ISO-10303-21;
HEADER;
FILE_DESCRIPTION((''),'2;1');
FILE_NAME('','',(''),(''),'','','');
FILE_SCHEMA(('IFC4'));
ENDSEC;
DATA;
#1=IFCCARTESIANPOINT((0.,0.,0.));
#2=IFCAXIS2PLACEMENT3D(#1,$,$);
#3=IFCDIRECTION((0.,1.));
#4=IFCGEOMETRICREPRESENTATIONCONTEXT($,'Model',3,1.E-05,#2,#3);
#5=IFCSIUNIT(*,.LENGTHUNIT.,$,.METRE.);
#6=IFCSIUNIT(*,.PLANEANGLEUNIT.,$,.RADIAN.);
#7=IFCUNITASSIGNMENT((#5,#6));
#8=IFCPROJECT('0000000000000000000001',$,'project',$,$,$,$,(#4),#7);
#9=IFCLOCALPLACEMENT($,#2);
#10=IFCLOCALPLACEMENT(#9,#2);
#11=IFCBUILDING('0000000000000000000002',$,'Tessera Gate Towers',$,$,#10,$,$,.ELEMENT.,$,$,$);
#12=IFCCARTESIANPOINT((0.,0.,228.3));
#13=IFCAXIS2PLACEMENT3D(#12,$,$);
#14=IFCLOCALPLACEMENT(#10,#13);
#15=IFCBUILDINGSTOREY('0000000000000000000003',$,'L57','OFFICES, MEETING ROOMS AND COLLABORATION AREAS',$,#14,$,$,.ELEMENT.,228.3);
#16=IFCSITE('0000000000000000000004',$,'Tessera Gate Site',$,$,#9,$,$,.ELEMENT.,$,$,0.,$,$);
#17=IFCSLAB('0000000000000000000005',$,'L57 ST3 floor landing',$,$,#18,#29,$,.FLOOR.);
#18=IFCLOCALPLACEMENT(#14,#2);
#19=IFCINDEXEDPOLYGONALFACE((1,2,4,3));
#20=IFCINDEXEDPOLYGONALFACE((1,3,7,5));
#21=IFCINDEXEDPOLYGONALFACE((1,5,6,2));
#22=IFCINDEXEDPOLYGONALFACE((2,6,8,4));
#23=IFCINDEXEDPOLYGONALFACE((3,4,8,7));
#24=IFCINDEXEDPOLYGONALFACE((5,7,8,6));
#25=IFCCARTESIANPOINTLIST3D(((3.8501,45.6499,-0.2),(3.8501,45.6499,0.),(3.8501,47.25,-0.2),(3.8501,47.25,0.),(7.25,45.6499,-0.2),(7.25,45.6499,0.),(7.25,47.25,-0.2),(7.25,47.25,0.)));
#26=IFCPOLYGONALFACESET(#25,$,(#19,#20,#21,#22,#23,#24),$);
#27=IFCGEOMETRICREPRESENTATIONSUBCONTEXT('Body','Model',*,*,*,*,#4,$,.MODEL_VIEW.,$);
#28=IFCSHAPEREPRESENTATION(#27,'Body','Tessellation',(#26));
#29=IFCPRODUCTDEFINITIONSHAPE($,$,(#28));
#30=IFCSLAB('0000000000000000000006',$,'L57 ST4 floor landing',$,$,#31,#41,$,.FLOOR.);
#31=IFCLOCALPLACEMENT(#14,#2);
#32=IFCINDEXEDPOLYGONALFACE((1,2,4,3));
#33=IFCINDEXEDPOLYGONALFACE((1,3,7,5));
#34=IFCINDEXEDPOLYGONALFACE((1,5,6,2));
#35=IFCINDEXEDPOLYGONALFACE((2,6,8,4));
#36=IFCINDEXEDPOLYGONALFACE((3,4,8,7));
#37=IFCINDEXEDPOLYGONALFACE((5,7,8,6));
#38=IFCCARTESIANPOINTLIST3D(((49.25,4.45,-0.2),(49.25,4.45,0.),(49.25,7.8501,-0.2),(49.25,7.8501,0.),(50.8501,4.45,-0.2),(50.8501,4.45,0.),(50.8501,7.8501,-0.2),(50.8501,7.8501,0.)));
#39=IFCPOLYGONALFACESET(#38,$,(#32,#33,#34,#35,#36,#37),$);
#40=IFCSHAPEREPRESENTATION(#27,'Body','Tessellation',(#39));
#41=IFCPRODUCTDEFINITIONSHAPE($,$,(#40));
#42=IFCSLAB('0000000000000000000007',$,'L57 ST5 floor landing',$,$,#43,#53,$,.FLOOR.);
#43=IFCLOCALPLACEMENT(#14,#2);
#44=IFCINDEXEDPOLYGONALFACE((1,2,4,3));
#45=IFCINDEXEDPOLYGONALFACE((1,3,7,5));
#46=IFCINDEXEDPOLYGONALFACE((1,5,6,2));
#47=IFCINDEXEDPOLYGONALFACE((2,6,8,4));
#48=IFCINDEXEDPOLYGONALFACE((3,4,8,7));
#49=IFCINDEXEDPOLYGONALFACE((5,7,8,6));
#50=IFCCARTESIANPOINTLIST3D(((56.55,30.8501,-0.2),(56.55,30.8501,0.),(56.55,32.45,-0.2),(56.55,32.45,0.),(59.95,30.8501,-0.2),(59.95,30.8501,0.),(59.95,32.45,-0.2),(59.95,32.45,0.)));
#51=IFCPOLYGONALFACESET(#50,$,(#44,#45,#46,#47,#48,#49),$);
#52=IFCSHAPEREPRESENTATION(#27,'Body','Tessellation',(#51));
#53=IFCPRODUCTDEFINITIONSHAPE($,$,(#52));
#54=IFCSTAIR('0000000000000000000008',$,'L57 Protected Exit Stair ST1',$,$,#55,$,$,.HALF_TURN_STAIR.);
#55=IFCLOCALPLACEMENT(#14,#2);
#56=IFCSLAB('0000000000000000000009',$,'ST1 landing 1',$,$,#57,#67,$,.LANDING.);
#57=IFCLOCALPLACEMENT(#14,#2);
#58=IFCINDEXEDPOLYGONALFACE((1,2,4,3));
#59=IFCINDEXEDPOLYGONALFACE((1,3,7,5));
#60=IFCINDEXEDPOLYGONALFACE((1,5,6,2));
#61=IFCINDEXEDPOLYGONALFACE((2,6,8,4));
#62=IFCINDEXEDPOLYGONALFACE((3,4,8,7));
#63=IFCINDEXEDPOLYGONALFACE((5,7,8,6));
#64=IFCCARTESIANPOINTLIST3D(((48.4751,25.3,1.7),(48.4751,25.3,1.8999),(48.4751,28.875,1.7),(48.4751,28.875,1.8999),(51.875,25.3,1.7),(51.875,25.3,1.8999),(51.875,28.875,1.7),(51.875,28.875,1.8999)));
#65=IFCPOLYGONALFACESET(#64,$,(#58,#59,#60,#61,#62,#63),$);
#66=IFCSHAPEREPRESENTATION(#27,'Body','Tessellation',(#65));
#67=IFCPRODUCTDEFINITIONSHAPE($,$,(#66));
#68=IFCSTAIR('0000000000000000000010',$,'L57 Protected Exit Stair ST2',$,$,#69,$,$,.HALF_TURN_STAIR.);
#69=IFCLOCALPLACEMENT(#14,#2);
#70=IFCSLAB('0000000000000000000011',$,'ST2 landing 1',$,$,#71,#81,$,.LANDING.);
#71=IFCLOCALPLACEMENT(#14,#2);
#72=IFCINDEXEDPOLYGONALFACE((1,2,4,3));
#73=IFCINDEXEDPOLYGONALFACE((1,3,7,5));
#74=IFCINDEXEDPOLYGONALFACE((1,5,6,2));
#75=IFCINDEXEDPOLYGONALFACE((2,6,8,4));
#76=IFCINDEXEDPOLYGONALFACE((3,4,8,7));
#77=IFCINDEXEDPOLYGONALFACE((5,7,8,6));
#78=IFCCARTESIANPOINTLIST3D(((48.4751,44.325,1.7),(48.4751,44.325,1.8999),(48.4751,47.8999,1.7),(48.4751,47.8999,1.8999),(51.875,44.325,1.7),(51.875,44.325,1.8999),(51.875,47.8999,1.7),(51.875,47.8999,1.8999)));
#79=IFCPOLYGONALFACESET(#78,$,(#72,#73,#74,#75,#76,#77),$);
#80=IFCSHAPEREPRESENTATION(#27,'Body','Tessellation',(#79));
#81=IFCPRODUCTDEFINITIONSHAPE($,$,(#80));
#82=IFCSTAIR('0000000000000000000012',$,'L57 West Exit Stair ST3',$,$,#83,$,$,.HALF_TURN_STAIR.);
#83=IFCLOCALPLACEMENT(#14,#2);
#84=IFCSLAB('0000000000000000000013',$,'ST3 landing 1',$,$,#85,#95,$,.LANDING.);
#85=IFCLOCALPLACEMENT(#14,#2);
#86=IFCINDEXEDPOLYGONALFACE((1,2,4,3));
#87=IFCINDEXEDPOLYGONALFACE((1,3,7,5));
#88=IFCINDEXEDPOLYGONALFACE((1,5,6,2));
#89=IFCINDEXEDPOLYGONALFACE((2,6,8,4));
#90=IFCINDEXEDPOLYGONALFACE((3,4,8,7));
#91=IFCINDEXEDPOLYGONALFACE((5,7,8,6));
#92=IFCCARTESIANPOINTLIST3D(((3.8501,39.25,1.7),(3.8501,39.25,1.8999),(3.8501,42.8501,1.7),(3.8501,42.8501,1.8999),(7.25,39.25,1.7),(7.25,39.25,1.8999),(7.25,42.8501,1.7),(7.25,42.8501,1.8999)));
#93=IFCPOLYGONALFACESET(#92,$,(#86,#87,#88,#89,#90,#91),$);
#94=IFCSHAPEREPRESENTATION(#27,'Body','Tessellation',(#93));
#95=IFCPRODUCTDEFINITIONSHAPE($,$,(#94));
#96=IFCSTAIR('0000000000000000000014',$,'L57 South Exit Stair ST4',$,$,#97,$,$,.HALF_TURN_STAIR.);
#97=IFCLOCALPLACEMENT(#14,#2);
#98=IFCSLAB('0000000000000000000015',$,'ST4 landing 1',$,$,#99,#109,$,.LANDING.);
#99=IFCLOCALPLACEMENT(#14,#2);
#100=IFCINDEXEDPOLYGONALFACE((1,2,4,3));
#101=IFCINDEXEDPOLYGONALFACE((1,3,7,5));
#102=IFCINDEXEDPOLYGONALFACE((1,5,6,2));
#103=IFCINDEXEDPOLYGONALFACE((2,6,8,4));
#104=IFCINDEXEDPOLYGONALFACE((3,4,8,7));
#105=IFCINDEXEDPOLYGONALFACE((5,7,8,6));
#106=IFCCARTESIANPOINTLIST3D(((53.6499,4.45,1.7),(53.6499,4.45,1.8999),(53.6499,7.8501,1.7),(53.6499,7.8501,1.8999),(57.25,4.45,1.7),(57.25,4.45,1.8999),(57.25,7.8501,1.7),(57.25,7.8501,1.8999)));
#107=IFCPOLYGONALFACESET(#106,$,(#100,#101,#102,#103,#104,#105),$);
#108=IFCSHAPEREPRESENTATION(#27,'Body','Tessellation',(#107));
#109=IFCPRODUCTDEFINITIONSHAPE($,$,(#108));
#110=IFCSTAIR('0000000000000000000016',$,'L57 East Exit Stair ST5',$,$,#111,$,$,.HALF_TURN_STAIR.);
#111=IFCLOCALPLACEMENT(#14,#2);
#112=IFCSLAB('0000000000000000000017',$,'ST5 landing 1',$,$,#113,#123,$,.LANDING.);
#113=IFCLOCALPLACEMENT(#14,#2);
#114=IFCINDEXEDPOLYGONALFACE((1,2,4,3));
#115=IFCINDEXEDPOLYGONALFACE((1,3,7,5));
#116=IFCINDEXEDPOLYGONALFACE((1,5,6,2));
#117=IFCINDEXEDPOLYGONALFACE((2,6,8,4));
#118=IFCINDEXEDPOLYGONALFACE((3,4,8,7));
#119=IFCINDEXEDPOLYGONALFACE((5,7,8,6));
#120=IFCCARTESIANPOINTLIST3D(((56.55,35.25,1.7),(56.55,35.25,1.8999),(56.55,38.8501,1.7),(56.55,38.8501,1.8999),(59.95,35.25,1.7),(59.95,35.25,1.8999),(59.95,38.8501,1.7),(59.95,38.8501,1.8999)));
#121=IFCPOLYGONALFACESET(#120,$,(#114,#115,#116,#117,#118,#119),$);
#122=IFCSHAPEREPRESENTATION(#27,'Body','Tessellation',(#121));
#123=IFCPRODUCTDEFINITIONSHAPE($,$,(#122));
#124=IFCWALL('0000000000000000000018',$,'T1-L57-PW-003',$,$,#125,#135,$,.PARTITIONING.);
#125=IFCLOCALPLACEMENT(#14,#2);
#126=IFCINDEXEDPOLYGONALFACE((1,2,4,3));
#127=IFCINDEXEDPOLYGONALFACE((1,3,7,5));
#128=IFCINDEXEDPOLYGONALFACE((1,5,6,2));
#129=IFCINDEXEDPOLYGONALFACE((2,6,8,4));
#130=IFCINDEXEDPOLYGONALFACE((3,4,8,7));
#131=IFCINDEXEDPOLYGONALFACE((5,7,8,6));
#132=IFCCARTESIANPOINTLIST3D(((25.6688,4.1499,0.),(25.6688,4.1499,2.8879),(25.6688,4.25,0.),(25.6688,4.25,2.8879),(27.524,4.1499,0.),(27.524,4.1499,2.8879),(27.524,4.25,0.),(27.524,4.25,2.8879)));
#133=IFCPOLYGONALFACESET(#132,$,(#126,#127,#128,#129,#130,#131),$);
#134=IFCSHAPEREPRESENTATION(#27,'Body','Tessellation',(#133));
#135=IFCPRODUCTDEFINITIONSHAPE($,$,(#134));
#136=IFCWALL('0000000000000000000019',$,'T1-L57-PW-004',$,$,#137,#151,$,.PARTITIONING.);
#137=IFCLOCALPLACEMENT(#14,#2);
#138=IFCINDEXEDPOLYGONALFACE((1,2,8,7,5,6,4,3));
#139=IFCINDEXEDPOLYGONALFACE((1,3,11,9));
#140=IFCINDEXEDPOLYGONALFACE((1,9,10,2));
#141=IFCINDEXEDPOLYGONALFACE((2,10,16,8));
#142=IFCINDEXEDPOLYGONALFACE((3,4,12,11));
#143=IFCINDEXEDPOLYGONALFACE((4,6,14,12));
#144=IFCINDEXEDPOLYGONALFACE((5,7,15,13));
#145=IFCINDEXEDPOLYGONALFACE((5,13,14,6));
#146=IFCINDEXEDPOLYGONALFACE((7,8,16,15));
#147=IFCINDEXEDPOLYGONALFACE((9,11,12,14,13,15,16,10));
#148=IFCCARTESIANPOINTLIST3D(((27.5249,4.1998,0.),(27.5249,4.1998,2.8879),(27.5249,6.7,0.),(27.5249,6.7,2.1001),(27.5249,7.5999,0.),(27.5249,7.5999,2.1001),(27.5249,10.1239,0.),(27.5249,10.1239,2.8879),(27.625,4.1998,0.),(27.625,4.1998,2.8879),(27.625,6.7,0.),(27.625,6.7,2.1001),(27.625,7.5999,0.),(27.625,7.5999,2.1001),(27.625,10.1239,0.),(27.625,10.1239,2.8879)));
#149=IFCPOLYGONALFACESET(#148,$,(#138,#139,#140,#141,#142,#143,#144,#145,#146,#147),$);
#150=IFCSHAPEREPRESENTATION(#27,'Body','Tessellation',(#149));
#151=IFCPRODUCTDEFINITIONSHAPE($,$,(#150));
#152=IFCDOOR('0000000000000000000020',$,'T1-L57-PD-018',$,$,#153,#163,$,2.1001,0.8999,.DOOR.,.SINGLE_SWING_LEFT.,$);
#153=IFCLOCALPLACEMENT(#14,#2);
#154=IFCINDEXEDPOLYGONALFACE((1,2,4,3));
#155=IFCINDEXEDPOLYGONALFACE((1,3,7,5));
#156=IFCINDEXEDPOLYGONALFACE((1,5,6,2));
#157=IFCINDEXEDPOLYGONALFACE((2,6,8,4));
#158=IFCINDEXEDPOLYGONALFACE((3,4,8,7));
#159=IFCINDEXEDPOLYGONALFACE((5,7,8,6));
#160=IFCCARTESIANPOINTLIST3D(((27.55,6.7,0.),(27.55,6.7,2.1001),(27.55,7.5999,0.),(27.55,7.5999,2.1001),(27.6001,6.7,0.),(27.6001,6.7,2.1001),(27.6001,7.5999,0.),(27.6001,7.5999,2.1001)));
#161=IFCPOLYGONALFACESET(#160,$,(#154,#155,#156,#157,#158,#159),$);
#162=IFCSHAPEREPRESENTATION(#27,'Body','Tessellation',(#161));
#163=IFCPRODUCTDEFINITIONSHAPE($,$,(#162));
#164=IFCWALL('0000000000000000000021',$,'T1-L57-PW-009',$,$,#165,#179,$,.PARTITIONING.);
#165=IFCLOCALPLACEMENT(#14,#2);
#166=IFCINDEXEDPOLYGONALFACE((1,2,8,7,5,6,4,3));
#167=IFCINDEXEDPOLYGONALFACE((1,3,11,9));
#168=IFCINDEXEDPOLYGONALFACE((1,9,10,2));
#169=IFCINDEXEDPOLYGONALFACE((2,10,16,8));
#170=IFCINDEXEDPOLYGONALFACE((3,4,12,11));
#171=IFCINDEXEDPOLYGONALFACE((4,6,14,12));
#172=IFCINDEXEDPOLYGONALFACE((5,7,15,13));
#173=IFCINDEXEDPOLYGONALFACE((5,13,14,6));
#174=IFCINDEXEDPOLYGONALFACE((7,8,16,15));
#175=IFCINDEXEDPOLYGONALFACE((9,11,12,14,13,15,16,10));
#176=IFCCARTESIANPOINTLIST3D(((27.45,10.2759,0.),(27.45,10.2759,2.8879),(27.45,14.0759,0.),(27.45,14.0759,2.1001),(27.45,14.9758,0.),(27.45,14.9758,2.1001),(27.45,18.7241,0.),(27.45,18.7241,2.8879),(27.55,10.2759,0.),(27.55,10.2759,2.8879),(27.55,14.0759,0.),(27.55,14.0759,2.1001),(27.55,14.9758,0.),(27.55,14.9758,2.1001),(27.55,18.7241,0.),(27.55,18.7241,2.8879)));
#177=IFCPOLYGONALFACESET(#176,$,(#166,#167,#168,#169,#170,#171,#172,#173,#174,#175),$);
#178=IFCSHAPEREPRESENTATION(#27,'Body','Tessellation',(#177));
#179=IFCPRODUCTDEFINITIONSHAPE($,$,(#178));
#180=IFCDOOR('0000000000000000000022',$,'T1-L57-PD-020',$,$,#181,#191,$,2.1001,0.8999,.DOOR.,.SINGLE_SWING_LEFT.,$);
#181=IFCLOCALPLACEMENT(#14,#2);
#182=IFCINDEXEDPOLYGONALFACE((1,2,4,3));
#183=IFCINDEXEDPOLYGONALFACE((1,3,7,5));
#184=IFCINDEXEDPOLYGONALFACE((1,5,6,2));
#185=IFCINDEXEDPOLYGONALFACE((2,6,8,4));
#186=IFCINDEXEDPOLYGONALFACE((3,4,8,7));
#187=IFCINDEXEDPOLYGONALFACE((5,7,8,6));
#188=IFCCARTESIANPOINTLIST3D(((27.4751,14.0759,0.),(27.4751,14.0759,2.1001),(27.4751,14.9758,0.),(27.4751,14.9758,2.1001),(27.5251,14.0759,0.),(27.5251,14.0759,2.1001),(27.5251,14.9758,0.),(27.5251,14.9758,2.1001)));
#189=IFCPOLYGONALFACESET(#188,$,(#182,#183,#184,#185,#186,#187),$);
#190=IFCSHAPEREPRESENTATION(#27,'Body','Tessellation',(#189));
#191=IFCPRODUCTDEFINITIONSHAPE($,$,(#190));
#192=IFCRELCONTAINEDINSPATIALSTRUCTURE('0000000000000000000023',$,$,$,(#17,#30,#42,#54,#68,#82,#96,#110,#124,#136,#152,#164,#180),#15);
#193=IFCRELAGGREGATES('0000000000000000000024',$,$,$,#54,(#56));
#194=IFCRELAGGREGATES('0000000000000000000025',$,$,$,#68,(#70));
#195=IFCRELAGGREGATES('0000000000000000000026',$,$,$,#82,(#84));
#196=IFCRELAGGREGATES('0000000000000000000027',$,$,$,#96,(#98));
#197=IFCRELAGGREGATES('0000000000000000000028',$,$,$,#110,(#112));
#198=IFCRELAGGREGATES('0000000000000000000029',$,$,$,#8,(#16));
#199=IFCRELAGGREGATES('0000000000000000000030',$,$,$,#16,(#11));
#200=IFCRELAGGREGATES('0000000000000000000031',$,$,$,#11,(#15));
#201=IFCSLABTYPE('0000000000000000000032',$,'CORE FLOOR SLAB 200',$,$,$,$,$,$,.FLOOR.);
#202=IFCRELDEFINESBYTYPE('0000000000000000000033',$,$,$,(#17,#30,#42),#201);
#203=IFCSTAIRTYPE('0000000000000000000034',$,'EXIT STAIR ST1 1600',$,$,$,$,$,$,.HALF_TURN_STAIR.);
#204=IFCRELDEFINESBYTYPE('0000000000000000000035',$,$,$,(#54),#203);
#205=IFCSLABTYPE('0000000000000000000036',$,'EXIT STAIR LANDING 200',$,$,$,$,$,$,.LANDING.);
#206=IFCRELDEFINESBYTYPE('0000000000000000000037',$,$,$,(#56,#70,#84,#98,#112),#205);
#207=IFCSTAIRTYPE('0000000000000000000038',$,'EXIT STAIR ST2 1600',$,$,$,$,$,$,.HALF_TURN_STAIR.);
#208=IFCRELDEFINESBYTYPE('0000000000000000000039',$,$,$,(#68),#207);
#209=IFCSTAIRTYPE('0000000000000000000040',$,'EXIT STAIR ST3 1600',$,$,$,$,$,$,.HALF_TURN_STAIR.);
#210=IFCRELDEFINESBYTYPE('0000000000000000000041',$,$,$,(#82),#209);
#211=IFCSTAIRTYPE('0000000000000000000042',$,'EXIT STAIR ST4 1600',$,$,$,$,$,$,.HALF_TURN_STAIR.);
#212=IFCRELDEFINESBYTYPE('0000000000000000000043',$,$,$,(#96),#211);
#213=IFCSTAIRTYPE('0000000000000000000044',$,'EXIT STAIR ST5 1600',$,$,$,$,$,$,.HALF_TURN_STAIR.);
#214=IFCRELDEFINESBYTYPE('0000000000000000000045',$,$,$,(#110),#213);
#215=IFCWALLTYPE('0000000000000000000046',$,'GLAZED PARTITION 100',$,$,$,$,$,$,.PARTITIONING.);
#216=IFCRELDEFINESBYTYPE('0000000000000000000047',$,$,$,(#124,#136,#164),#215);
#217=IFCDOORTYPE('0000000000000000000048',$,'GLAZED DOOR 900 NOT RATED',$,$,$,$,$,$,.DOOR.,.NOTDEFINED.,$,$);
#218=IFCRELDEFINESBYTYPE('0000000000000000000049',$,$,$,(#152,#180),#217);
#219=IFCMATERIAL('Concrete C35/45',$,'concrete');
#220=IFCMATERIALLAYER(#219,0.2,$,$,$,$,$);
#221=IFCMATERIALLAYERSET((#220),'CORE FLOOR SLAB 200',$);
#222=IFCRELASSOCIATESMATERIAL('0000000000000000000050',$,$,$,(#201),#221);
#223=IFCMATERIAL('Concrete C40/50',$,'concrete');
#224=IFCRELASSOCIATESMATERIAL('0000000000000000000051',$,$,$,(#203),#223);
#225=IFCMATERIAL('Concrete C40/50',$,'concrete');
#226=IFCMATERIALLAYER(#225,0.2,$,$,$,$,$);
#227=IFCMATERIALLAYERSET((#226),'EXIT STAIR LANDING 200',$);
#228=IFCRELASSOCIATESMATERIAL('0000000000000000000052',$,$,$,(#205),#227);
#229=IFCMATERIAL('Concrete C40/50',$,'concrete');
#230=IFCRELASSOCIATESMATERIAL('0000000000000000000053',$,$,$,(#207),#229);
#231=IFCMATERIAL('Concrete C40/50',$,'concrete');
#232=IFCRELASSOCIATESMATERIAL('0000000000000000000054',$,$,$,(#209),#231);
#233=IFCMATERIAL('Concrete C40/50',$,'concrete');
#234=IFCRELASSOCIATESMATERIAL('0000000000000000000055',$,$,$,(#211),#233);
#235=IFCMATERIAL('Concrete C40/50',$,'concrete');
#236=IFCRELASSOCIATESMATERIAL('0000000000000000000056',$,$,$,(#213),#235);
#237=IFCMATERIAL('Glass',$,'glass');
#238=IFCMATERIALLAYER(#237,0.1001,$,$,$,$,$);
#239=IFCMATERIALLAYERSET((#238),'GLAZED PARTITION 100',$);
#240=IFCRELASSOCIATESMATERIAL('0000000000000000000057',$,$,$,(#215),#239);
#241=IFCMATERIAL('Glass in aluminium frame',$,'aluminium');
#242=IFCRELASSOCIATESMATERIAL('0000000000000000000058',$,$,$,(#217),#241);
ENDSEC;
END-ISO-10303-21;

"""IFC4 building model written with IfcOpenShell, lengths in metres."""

from ifc_helpers import new_model, si_unit, direction, frame, frame_2d, origin, place, context, subcontext, project, spatial, polyline, rectangle, outline, extrude, source, transform, mapped, material, layer, layer_set, type_object, element, fill, aggregate, save


model = new_model("IFC4")

# Units and contexts
model_context = context("Model", 3, precision=1e-05, world=origin(), true_north=direction((0.0, 1.0)))
body_context = subcontext(model_context, "Body", "Model", "MODEL_VIEW")
ifc_project = project(units=[si_unit("LENGTHUNIT", "METRE"), si_unit("PLANEANGLEUNIT", "RADIAN")], contexts=[model_context])

# Site, building, storey
site_placement = place(None, origin())
site = spatial("IfcSite", under=ifc_project, at=site_placement, Name="Tessera Gate Site", CompositionType="ELEMENT", RefElevation=0.0)
building_placement = place(site_placement, origin())
building = spatial("IfcBuilding", under=site, at=building_placement, Name="Tessera Gate Towers", CompositionType="ELEMENT")
storey_placement = place(building_placement, frame((0.0, 0.0, 228.3)))
storey = spatial("IfcBuildingStorey", under=building, at=storey_placement, Name="L57", Description="OFFICES, MEETING ROOMS AND COLLABORATION AREAS", CompositionType="ELEMENT", Elevation=228.3)

# Slabs
ifc_material_1 = material(Name="Concrete C35/45", Category="concrete")
ifc_layer_1 = layer(ifc_material_1, 0.2)
ifc_layer_set_1 = layer_set([ifc_layer_1], Name="CORE FLOOR SLAB 200")
slab_type_1 = type_object("IfcSlabType", Name="CORE FLOOR SLAB 200", PredefinedType="FLOOR", material=ifc_layer_set_1)
slab_1_placement = place(storey_placement, frame((0.0, 0.0, -0.2)))
element("IfcSlab", 1, at=slab_1_placement, inside=storey, type_object=slab_type_1, Name="L57 ST3 floor landing", PredefinedType="FLOOR", context=body_context, shape_type="SweptSolid", body=[
    extrude(outline(polyline([(3.8501, 47.25), (3.8501, 45.6499), (7.25, 45.6499), (7.25, 47.25), (3.8501, 47.25)])), origin(), (0.0, 0.0, 1.0), 0.2),
])
slab_2_placement = place(storey_placement, frame((0.0, 0.0, -0.2)))
element("IfcSlab", 2, at=slab_2_placement, inside=storey, type_object=slab_type_1, Name="L57 ST4 floor landing", PredefinedType="FLOOR", context=body_context, shape_type="SweptSolid", body=[
    extrude(outline(polyline([(49.25, 4.45), (50.8501, 4.45), (50.8501, 7.8501), (49.25, 7.8501), (49.25, 4.45)])), origin(), (0.0, 0.0, 1.0), 0.2),
])
slab_3_placement = place(storey_placement, frame((0.0, 0.0, -0.2)))
element("IfcSlab", 3, at=slab_3_placement, inside=storey, type_object=slab_type_1, Name="L57 ST5 floor landing", PredefinedType="FLOOR", context=body_context, shape_type="SweptSolid", body=[
    extrude(outline(polyline([(59.95, 30.8501), (59.95, 32.45), (56.55, 32.45), (56.55, 30.8501), (59.95, 30.8501)])), origin(), (0.0, 0.0, 1.0), 0.2),
])

# Stairs, slabs
ifc_material_2 = material(Name="Concrete C40/50", Category="concrete")
stair_type_1 = type_object("IfcStairType", Name="EXIT STAIR ST1 1600", PredefinedType="HALF_TURN_STAIR", material=ifc_material_2)
stair_1_placement = place(storey_placement, origin())
stair_1 = element("IfcStair", 4, at=stair_1_placement, inside=storey, type_object=stair_type_1, Name="L57 Protected Exit Stair ST1", PredefinedType="HALF_TURN_STAIR")
ifc_material_3 = material(Name="Concrete C40/50", Category="concrete")
ifc_layer_2 = layer(ifc_material_3, 0.2)
ifc_layer_set_2 = layer_set([ifc_layer_2], Name="EXIT STAIR LANDING 200")
slab_type_2 = type_object("IfcSlabType", Name="EXIT STAIR LANDING 200", PredefinedType="LANDING", material=ifc_layer_set_2)
slab_4_placement = place(storey_placement, frame((0.0, 0.0, 1.7)))
slab_4 = element("IfcSlab", 5, at=slab_4_placement, type_object=slab_type_2, Name="ST1 landing 1", PredefinedType="LANDING", context=body_context, shape_type="SweptSolid", body=[
    extrude(outline(polyline([(48.4751, 28.875), (48.4751, 25.3), (51.875, 25.3), (51.875, 28.875), (48.4751, 28.875)])), origin(), (0.0, 0.0, 1.0), 0.2),
])
aggregate(stair_1, [slab_4])
ifc_material_4 = material(Name="Concrete C40/50", Category="concrete")
stair_type_2 = type_object("IfcStairType", Name="EXIT STAIR ST2 1600", PredefinedType="HALF_TURN_STAIR", material=ifc_material_4)
stair_2_placement = place(storey_placement, origin())
stair_2 = element("IfcStair", 6, at=stair_2_placement, inside=storey, type_object=stair_type_2, Name="L57 Protected Exit Stair ST2", PredefinedType="HALF_TURN_STAIR")
slab_5_placement = place(storey_placement, frame((0.0, 0.0, 1.7)))
slab_5 = element("IfcSlab", 7, at=slab_5_placement, type_object=slab_type_2, Name="ST2 landing 1", PredefinedType="LANDING", context=body_context, shape_type="SweptSolid", body=[
    extrude(outline(polyline([(51.875, 44.325), (51.875, 47.8999), (48.4751, 47.8999), (48.4751, 44.325), (51.875, 44.325)])), origin(), (0.0, 0.0, 1.0), 0.2),
])
aggregate(stair_2, [slab_5])
ifc_material_5 = material(Name="Concrete C40/50", Category="concrete")
stair_type_3 = type_object("IfcStairType", Name="EXIT STAIR ST3 1600", PredefinedType="HALF_TURN_STAIR", material=ifc_material_5)
stair_3_placement = place(storey_placement, origin())
stair_3 = element("IfcStair", 8, at=stair_3_placement, inside=storey, type_object=stair_type_3, Name="L57 West Exit Stair ST3", PredefinedType="HALF_TURN_STAIR")
slab_6_placement = place(storey_placement, frame((0.0, 0.0, 1.7)))
slab_6 = element("IfcSlab", 9, at=slab_6_placement, type_object=slab_type_2, Name="ST3 landing 1", PredefinedType="LANDING", context=body_context, shape_type="SweptSolid", body=[
    extrude(outline(polyline([(3.8501, 42.8501), (3.8501, 39.25), (7.25, 39.25), (7.25, 42.8501), (3.8501, 42.8501)])), origin(), (0.0, 0.0, 1.0), 0.2),
])
aggregate(stair_3, [slab_6])
ifc_material_6 = material(Name="Concrete C40/50", Category="concrete")
stair_type_4 = type_object("IfcStairType", Name="EXIT STAIR ST4 1600", PredefinedType="HALF_TURN_STAIR", material=ifc_material_6)
stair_4_placement = place(storey_placement, origin())
stair_4 = element("IfcStair", 10, at=stair_4_placement, inside=storey, type_object=stair_type_4, Name="L57 South Exit Stair ST4", PredefinedType="HALF_TURN_STAIR")
slab_7_placement = place(storey_placement, frame((0.0, 0.0, 1.7)))
slab_7 = element("IfcSlab", 11, at=slab_7_placement, type_object=slab_type_2, Name="ST4 landing 1", PredefinedType="LANDING", context=body_context, shape_type="SweptSolid", body=[
    extrude(outline(polyline([(53.6499, 4.45), (57.25, 4.45), (57.25, 7.8501), (53.6499, 7.8501), (53.6499, 4.45)])), origin(), (0.0, 0.0, 1.0), 0.2),
])
aggregate(stair_4, [slab_7])
ifc_material_7 = material(Name="Concrete C40/50", Category="concrete")
stair_type_5 = type_object("IfcStairType", Name="EXIT STAIR ST5 1600", PredefinedType="HALF_TURN_STAIR", material=ifc_material_7)
stair_5_placement = place(storey_placement, origin())
stair_5 = element("IfcStair", 12, at=stair_5_placement, inside=storey, type_object=stair_type_5, Name="L57 East Exit Stair ST5", PredefinedType="HALF_TURN_STAIR")
slab_8_placement = place(storey_placement, frame((0.0, 0.0, 1.7)))
slab_8 = element("IfcSlab", 13, at=slab_8_placement, type_object=slab_type_2, Name="ST5 landing 1", PredefinedType="LANDING", context=body_context, shape_type="SweptSolid", body=[
    extrude(outline(polyline([(59.95, 35.25), (59.95, 38.8501), (56.55, 38.8501), (56.55, 35.25), (59.95, 35.25)])), origin(), (0.0, 0.0, 1.0), 0.2),
])
aggregate(stair_5, [slab_8])

# Wall
ifc_material_8 = material(Name="Glass", Category="glass")
ifc_layer_3 = layer(ifc_material_8, 0.1001)
ifc_layer_set_3 = layer_set([ifc_layer_3], Name="GLAZED PARTITION 100")
wall_type_1 = type_object("IfcWallType", Name="GLAZED PARTITION 100", PredefinedType="PARTITIONING", material=ifc_layer_set_3)
wall_1_placement = place(storey_placement, frame((25.6687, 4.2, 0.0), z_axis=(0.0, 0.0, 1.0), x_axis=(1.0, 0.0, 0.0)))
element("IfcWall", 14, at=wall_1_placement, inside=storey, type_object=wall_type_1, Name="T1-L57-PW-003", PredefinedType="PARTITIONING", context=body_context, shape_type="SweptSolid", body=[
    extrude(rectangle(XDim=1.8552, YDim=0.1001, at=frame_2d((0.9277, 0.0))), origin(), (0.0, 0.0, 1.0), 2.8879),
])

# Walls, openings, doors
wall_2_placement = place(storey_placement, frame((27.575, 4.2, 0.0), z_axis=(0.0, 0.0, 1.0), x_axis=(0.0, 1.0, 0.0)))
wall_2 = element("IfcWall", 15, at=wall_2_placement, inside=storey, type_object=wall_type_1, Name="T1-L57-PW-004", PredefinedType="PARTITIONING", context=body_context, shape_type="SweptSolid", body=[
    extrude(rectangle(XDim=5.9241, YDim=0.1001, at=frame_2d((2.9619, 0.0))), origin(), (0.0, 0.0, 1.0), 2.8879),
])
shared_shape_1 = source(origin(), body_context, "Body", "SweptSolid", [
    extrude(rectangle(XDim=0.8999, YDim=2.1001, at=frame_2d((0.45, 1.05))), frame((0.0, 0.0601, 0.0), z_axis=(0.0, -1.0, 0.0), x_axis=(1.0, 0.0, 0.0)), (0.0, 0.0, 1.0), 0.1201),
])
opening_1_placement = place(wall_2_placement, frame((2.5, 0.0, 0.0)))
opening_1 = element("IfcOpeningElement", 16, at=opening_1_placement, cuts=wall_2, PredefinedType="OPENING", context=body_context, shape_type="MappedRepresentation", body=[
    mapped(shared_shape_1, transform((0.0, 0.0, 0.0), scale=1.0)),
])
ifc_material_9 = material(Name="Glass in aluminium frame", Category="aluminium")
door_type = type_object("IfcDoorType", Name="GLAZED DOOR 900 NOT RATED", OperationType="NOTDEFINED", PredefinedType="DOOR", material=ifc_material_9)
shared_shape_2 = source(origin(), body_context, "Body", "SweptSolid", [
    extrude(rectangle(XDim=0.8999, YDim=2.1001, at=frame_2d((0.45, 1.05))), frame((0.0, 0.0249, 0.0), z_axis=(0.0, -1.0, 0.0), x_axis=(1.0, 0.0, 0.0)), (0.0, 0.0, 1.0), 0.05),
])
door_1_placement = place(opening_1_placement, origin())
door_1 = element("IfcDoor", 17, at=door_1_placement, inside=storey, type_object=door_type, Name="T1-L57-PD-018", OperationType="SINGLE_SWING_LEFT", OverallHeight=2.1001, OverallWidth=0.8999, PredefinedType="DOOR", context=body_context, shape_type="MappedRepresentation", body=[
    mapped(shared_shape_2, transform((0.0, 0.0, 0.0), scale=1.0)),
])
fill(opening_1, door_1)
wall_3_placement = place(storey_placement, frame((27.5, 10.2759, 0.0), z_axis=(0.0, 0.0, 1.0), x_axis=(0.0, 1.0, 0.0)))
wall_3 = element("IfcWall", 18, at=wall_3_placement, inside=storey, type_object=wall_type_1, Name="T1-L57-PW-009", PredefinedType="PARTITIONING", context=body_context, shape_type="SweptSolid", body=[
    extrude(rectangle(XDim=8.4482, YDim=0.1001, at=frame_2d((4.2241, 0.0))), origin(), (0.0, 0.0, 1.0), 2.8879),
])
opening_2_placement = place(wall_3_placement, frame((3.8, 0.0, 0.0)))
opening_2 = element("IfcOpeningElement", 19, at=opening_2_placement, cuts=wall_3, PredefinedType="OPENING", context=body_context, shape_type="MappedRepresentation", body=[
    mapped(shared_shape_1, transform((0.0, 0.0, 0.0), scale=1.0)),
])
door_2_placement = place(opening_2_placement, origin())
door_2 = element("IfcDoor", 20, at=door_2_placement, inside=storey, type_object=door_type, Name="T1-L57-PD-020", OperationType="SINGLE_SWING_LEFT", OverallHeight=2.1001, OverallWidth=0.8999, PredefinedType="DOOR", context=body_context, shape_type="MappedRepresentation", body=[
    mapped(shared_shape_2, transform((0.0, 0.0, 0.0), scale=1.0)),
])
fill(opening_2, door_2)

save(model, "model.ifc")
